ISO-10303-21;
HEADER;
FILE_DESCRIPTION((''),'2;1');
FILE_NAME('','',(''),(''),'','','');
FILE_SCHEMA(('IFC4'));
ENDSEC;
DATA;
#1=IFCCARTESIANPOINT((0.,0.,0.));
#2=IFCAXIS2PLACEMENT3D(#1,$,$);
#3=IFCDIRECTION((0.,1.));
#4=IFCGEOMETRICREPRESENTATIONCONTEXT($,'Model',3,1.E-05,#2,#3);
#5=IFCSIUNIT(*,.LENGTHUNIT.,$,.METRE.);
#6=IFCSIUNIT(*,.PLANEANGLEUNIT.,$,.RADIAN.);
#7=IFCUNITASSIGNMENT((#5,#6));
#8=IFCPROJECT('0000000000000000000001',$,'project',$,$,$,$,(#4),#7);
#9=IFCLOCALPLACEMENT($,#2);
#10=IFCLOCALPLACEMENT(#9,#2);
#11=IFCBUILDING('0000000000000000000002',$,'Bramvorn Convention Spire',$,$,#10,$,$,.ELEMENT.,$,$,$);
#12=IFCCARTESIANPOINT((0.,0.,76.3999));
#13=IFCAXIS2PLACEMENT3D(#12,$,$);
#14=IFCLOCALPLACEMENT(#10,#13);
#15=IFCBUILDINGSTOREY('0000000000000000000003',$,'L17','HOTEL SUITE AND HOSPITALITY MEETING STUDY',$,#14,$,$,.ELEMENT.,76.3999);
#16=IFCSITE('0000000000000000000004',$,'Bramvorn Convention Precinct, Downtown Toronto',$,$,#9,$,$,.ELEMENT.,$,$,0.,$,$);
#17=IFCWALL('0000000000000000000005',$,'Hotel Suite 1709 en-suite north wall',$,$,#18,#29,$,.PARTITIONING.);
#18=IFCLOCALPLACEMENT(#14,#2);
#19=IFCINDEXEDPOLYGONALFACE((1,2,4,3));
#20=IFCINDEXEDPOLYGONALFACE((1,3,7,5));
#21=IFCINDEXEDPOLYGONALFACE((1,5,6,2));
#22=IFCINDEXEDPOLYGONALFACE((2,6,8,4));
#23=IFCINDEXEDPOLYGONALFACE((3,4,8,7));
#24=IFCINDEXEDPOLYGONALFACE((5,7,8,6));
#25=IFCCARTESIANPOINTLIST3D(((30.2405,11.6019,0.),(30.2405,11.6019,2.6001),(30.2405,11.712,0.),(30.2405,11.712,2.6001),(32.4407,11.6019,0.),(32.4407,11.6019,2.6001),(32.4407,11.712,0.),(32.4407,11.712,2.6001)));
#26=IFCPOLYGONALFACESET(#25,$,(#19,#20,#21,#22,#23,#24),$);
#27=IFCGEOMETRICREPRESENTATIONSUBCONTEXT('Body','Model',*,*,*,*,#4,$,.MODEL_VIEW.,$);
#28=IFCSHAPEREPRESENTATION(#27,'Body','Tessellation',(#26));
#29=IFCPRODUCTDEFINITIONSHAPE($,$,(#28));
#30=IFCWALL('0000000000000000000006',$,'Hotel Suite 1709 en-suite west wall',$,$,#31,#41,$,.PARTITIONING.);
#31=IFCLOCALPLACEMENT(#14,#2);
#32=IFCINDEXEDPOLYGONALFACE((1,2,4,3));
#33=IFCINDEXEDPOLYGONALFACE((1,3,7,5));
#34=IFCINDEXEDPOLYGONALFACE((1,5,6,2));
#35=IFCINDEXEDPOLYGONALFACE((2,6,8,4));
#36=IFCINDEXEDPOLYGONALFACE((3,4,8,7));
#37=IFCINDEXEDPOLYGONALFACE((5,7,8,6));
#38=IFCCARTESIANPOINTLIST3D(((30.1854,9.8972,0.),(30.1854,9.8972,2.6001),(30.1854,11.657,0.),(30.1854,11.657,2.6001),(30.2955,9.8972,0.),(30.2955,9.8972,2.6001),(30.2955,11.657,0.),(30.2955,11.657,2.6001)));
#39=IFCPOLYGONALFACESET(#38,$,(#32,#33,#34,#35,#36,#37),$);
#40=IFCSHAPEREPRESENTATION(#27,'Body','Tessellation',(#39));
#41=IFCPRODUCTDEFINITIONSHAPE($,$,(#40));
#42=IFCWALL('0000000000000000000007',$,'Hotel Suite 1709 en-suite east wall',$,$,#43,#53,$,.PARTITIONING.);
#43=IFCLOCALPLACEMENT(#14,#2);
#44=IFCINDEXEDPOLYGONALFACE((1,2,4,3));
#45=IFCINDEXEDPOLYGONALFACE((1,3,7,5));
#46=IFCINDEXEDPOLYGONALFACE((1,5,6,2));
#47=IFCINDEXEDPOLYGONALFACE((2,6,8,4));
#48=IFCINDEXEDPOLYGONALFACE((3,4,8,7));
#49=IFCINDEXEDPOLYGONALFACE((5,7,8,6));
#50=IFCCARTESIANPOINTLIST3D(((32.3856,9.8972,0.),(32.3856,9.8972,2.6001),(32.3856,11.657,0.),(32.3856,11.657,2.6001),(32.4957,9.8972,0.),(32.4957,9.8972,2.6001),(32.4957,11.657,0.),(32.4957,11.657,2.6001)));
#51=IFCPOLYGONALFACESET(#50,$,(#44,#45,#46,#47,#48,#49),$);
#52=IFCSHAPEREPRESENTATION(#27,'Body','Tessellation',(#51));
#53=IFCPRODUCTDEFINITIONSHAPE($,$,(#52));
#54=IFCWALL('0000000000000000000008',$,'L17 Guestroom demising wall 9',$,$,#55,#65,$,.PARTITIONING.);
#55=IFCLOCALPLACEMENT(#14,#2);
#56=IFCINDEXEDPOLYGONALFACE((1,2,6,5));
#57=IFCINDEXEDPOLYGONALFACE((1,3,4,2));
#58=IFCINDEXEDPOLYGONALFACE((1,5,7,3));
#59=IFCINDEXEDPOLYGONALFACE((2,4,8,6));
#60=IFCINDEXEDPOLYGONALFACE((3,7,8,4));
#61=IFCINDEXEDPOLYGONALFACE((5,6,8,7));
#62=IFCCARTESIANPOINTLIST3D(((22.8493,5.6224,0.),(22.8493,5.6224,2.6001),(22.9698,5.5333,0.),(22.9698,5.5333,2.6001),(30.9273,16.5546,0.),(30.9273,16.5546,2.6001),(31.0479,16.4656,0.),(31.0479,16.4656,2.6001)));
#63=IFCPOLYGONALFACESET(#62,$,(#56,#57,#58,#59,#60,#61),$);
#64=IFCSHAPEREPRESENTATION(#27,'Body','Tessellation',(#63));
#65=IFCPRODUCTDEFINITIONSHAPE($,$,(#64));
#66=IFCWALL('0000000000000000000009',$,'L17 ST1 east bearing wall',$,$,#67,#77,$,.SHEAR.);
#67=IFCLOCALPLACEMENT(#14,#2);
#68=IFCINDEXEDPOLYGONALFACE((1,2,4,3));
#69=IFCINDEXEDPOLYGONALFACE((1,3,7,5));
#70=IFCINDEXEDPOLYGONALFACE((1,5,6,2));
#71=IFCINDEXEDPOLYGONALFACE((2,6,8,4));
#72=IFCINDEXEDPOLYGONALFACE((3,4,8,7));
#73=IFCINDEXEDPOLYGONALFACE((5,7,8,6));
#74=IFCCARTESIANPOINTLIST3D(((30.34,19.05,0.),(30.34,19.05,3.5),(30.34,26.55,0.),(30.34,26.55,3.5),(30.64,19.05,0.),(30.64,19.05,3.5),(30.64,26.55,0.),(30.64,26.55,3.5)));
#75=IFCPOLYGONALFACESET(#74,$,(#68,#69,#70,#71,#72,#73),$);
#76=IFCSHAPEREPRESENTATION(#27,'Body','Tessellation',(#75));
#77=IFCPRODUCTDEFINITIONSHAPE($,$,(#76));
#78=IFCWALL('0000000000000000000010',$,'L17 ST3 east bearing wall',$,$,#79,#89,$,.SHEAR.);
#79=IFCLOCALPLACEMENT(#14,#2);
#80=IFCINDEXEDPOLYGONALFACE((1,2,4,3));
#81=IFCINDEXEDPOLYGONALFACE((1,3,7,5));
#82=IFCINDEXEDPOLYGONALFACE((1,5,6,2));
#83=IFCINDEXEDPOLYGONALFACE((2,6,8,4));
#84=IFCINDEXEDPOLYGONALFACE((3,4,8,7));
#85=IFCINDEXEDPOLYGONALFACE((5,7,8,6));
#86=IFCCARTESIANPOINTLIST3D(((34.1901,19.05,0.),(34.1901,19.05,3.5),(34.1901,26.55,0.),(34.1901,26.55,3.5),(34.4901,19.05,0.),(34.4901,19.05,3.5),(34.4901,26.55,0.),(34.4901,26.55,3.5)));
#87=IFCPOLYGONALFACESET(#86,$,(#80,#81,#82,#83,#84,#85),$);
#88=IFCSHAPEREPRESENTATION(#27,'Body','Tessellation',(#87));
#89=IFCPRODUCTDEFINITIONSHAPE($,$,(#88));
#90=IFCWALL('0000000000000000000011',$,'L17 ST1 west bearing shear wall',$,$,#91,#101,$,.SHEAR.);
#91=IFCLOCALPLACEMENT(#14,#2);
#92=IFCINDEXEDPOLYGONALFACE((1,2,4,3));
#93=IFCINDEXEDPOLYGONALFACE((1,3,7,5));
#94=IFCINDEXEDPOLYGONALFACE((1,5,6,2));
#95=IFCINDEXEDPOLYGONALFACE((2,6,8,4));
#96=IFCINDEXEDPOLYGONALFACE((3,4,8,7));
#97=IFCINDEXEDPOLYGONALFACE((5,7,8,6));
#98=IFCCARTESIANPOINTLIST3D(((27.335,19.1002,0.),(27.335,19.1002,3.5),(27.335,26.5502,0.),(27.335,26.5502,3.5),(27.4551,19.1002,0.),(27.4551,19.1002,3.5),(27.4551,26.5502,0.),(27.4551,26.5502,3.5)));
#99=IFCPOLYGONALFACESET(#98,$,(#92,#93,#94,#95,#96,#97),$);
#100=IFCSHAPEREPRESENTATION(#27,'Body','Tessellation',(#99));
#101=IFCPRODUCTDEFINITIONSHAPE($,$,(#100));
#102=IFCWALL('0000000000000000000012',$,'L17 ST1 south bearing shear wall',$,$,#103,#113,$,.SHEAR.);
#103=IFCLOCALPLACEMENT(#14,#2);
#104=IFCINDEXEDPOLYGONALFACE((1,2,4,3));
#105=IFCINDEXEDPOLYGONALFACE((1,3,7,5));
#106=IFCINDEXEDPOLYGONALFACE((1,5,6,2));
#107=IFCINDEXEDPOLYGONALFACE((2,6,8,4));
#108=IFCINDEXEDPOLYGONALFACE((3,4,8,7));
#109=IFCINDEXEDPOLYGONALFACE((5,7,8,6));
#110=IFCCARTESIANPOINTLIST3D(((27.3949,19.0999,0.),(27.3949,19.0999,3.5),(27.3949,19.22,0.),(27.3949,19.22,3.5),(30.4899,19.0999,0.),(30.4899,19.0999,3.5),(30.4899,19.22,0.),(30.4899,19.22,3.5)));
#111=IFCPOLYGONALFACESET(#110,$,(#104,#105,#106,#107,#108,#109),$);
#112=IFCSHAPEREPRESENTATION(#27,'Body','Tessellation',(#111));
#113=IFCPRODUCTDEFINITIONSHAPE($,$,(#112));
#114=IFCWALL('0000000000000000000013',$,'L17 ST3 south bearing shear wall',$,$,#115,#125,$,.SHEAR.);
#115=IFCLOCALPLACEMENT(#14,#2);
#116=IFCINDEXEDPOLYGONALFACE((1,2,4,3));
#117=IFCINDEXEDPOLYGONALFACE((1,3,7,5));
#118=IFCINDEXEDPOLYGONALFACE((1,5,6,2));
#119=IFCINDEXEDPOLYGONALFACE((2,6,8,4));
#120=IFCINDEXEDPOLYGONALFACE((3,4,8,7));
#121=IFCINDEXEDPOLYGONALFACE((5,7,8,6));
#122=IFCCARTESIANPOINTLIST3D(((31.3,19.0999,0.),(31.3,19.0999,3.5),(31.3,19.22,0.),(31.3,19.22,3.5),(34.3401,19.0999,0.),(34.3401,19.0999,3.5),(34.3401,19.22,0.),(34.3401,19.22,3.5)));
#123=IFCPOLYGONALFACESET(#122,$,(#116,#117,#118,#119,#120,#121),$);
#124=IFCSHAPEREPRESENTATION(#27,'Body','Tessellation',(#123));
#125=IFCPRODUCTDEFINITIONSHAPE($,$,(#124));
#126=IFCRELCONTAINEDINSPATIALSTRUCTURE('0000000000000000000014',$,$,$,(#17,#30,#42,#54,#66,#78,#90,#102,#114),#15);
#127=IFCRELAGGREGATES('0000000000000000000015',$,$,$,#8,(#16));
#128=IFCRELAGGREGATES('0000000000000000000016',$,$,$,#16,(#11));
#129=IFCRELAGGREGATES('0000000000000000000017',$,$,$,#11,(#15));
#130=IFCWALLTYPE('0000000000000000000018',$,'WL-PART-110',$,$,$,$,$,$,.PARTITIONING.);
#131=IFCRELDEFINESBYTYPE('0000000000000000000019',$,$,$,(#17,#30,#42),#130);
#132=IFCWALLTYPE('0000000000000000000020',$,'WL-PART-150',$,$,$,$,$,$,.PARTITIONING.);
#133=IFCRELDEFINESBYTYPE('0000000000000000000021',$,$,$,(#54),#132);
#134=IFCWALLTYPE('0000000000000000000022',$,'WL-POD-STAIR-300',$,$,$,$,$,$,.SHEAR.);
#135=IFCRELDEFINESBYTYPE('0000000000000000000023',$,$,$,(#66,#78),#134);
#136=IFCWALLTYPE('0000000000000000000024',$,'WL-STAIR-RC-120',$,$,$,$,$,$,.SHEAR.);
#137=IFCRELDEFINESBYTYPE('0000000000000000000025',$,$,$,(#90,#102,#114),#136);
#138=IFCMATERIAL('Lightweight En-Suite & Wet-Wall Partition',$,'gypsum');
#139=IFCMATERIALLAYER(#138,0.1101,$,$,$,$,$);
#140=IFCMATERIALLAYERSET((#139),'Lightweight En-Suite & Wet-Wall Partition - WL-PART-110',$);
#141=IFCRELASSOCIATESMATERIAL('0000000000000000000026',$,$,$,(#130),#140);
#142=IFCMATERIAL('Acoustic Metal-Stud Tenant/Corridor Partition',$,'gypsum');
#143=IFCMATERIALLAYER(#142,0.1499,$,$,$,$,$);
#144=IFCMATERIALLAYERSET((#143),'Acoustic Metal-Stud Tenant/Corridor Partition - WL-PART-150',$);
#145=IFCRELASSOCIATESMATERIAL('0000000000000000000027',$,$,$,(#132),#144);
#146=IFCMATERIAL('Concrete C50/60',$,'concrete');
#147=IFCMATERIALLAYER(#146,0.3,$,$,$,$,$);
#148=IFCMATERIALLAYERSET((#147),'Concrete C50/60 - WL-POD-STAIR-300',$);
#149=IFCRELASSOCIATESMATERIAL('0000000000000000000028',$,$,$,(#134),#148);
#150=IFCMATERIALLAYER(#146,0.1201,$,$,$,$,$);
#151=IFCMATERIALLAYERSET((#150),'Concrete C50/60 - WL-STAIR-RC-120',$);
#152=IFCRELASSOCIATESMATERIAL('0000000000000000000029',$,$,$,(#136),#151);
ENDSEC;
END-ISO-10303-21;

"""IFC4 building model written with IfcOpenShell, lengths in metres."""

from ifc_helpers import new_model, si_unit, direction, frame, frame_2d, origin, place, context, subcontext, project, spatial, rectangle, extrude, material, layer, layer_set, type_object, element, save


model = new_model("IFC4")

# Units and contexts
model_context = context("Model", 3, precision=1e-05, world=origin(), true_north=direction((0.0, 1.0)))
body_context = subcontext(model_context, "Body", "Model", "MODEL_VIEW")
ifc_project = project(units=[si_unit("LENGTHUNIT", "METRE"), si_unit("PLANEANGLEUNIT", "RADIAN")], contexts=[model_context])

# Site, building, storey
site_placement = place(None, origin())
site = spatial("IfcSite", under=ifc_project, at=site_placement, Name="Bramvorn Convention Precinct, Downtown Toronto", CompositionType="ELEMENT", RefElevation=0.0)
building_placement = place(site_placement, origin())
building = spatial("IfcBuilding", under=site, at=building_placement, Name="Bramvorn Convention Spire", CompositionType="ELEMENT")
storey_placement = place(building_placement, frame((0.0, 0.0, 76.3999)))
storey = spatial("IfcBuildingStorey", under=building, at=storey_placement, Name="L17", Description="HOTEL SUITE AND HOSPITALITY MEETING STUDY", CompositionType="ELEMENT", Elevation=76.3999)

# Shared definitions
ifc_material_1 = material(Name="Lightweight En-Suite & Wet-Wall Partition", Category="gypsum")
ifc_layer_1 = layer(ifc_material_1, 0.1101)
ifc_layer_set_1 = layer_set([ifc_layer_1], Name="Lightweight En-Suite & Wet-Wall Partition - WL-PART-110")
wall_type_1 = type_object("IfcWallType", Name="WL-PART-110", PredefinedType="PARTITIONING", material=ifc_layer_set_1)

# Walls
wall_1_placement = place(storey_placement, frame((30.2405, 11.657, 0.0), z_axis=(0.0, 0.0, 1.0), x_axis=(1.0, 0.0, 0.0)))
element("IfcWall", 1, at=wall_1_placement, inside=storey, type_object=wall_type_1, Name="Hotel Suite 1709 en-suite north wall", PredefinedType="PARTITIONING", context=body_context, shape_type="SweptSolid", body=[
    extrude(rectangle(XDim=2.2002, YDim=0.1101, at=frame_2d((1.1001, 0.0))), origin(), (0.0, 0.0, 1.0), 2.6001),
])
for number, where, z_axis, x_axis, name in (
    (2, (30.2405, 9.8972, 0.0), (0.0, 0.0, 1.0), (0.0, 1.0, 0.0), "Hotel Suite 1709 en-suite west wall"),
    (3, (32.4407, 9.8972, 0.0), (0.0, 0.0, 1.0), (0.0, 1.0, 0.0), "Hotel Suite 1709 en-suite east wall"),
):
    element("IfcWall", number, at=place(storey_placement, frame(where, z_axis=z_axis, x_axis=x_axis)), inside=storey, type_object=wall_type_1, Name=name, PredefinedType="PARTITIONING", context=body_context, shape_type="SweptSolid", body=[
        extrude(rectangle(XDim=1.7598, YDim=0.1101, at=frame_2d((0.8799, 0.0))), origin(), (0.0, 0.0, 1.0), 2.6001),
    ])
ifc_material_2 = material(Name="Acoustic Metal-Stud Tenant/Corridor Partition", Category="gypsum")
ifc_layer_2 = layer(ifc_material_2, 0.1499)
ifc_layer_set_2 = layer_set([ifc_layer_2], Name="Acoustic Metal-Stud Tenant/Corridor Partition - WL-PART-150")
wall_type_2 = type_object("IfcWallType", Name="WL-PART-150", PredefinedType="PARTITIONING", material=ifc_layer_set_2)
wall_2_placement = place(storey_placement, frame((30.9875, 16.51, 0.0), z_axis=(0.0, 0.0, 1.0), x_axis=(-0.59428, -0.804258, 0.0)))
element("IfcWall", 4, at=wall_2_placement, inside=storey, type_object=wall_type_2, Name="L17 Guestroom demising wall 9", PredefinedType="PARTITIONING", context=body_context, shape_type="SweptSolid", body=[
    extrude(rectangle(XDim=13.593, YDim=0.1499, at=frame_2d((6.7964, 0.0))), origin(), (0.0, 0.0, 1.0), 2.6001),
])
ifc_material_3 = material(Name="Concrete C50/60", Category="concrete")
ifc_layer_3 = layer(ifc_material_3, 0.3)
ifc_layer_set_3 = layer_set([ifc_layer_3], Name="Concrete C50/60 - WL-POD-STAIR-300")
wall_type_3 = type_object("IfcWallType", Name="WL-POD-STAIR-300", PredefinedType="SHEAR", material=ifc_layer_set_3)
for number, where, z_axis, x_axis, name in (
    (5, (30.49, 19.05, 0.0), (0.0, 0.0, 1.0), (0.0, 1.0, 0.0), "L17 ST1 east bearing wall"),
    (6, (34.3401, 19.05, 0.0), (0.0, 0.0, 1.0), (0.0, 1.0, 0.0), "L17 ST3 east bearing wall"),
):
    element("IfcWall", number, at=place(storey_placement, frame(where, z_axis=z_axis, x_axis=x_axis)), inside=storey, type_object=wall_type_3, Name=name, PredefinedType="SHEAR", context=body_context, shape_type="SweptSolid", body=[
        extrude(rectangle(XDim=7.5, YDim=0.3, at=frame_2d((3.75, 0.0))), origin(), (0.0, 0.0, 1.0), 3.5),
    ])
ifc_layer_4 = layer(ifc_material_3, 0.1201)
ifc_layer_set_4 = layer_set([ifc_layer_4], Name="Concrete C50/60 - WL-STAIR-RC-120")
wall_type_4 = type_object("IfcWallType", Name="WL-STAIR-RC-120", PredefinedType="SHEAR", material=ifc_layer_set_4)
wall_3_placement = place(storey_placement, frame((27.395, 19.1001, 0.0), z_axis=(0.0, 0.0, 1.0), x_axis=(0.0, 1.0, 0.0)))
element("IfcWall", 7, at=wall_3_placement, inside=storey, type_object=wall_type_4, Name="L17 ST1 west bearing shear wall", PredefinedType="SHEAR", context=body_context, shape_type="SweptSolid", body=[
    extrude(rectangle(XDim=7.45, YDim=0.1201, at=frame_2d((3.7251, 0.0))), origin(), (0.0, 0.0, 1.0), 3.5),
])
wall_4_placement = place(storey_placement, frame((27.395, 19.1599, 0.0), z_axis=(0.0, 0.0, 1.0), x_axis=(1.0, 0.0, 0.0)))
element("IfcWall", 8, at=wall_4_placement, inside=storey, type_object=wall_type_4, Name="L17 ST1 south bearing shear wall", PredefinedType="SHEAR", context=body_context, shape_type="SweptSolid", body=[
    extrude(rectangle(XDim=3.095, YDim=0.1201, at=frame_2d((1.5474, 0.0))), origin(), (0.0, 0.0, 1.0), 3.5),
])
wall_5_placement = place(storey_placement, frame((31.3, 19.1599, 0.0), z_axis=(0.0, 0.0, 1.0), x_axis=(1.0, 0.0, 0.0)))
element("IfcWall", 9, at=wall_5_placement, inside=storey, type_object=wall_type_4, Name="L17 ST3 south bearing shear wall", PredefinedType="SHEAR", context=body_context, shape_type="SweptSolid", body=[
    extrude(rectangle(XDim=3.04, YDim=0.1201, at=frame_2d((1.52, 0.0))), origin(), (0.0, 0.0, 1.0), 3.5),
])

save(model, "model.ifc")
